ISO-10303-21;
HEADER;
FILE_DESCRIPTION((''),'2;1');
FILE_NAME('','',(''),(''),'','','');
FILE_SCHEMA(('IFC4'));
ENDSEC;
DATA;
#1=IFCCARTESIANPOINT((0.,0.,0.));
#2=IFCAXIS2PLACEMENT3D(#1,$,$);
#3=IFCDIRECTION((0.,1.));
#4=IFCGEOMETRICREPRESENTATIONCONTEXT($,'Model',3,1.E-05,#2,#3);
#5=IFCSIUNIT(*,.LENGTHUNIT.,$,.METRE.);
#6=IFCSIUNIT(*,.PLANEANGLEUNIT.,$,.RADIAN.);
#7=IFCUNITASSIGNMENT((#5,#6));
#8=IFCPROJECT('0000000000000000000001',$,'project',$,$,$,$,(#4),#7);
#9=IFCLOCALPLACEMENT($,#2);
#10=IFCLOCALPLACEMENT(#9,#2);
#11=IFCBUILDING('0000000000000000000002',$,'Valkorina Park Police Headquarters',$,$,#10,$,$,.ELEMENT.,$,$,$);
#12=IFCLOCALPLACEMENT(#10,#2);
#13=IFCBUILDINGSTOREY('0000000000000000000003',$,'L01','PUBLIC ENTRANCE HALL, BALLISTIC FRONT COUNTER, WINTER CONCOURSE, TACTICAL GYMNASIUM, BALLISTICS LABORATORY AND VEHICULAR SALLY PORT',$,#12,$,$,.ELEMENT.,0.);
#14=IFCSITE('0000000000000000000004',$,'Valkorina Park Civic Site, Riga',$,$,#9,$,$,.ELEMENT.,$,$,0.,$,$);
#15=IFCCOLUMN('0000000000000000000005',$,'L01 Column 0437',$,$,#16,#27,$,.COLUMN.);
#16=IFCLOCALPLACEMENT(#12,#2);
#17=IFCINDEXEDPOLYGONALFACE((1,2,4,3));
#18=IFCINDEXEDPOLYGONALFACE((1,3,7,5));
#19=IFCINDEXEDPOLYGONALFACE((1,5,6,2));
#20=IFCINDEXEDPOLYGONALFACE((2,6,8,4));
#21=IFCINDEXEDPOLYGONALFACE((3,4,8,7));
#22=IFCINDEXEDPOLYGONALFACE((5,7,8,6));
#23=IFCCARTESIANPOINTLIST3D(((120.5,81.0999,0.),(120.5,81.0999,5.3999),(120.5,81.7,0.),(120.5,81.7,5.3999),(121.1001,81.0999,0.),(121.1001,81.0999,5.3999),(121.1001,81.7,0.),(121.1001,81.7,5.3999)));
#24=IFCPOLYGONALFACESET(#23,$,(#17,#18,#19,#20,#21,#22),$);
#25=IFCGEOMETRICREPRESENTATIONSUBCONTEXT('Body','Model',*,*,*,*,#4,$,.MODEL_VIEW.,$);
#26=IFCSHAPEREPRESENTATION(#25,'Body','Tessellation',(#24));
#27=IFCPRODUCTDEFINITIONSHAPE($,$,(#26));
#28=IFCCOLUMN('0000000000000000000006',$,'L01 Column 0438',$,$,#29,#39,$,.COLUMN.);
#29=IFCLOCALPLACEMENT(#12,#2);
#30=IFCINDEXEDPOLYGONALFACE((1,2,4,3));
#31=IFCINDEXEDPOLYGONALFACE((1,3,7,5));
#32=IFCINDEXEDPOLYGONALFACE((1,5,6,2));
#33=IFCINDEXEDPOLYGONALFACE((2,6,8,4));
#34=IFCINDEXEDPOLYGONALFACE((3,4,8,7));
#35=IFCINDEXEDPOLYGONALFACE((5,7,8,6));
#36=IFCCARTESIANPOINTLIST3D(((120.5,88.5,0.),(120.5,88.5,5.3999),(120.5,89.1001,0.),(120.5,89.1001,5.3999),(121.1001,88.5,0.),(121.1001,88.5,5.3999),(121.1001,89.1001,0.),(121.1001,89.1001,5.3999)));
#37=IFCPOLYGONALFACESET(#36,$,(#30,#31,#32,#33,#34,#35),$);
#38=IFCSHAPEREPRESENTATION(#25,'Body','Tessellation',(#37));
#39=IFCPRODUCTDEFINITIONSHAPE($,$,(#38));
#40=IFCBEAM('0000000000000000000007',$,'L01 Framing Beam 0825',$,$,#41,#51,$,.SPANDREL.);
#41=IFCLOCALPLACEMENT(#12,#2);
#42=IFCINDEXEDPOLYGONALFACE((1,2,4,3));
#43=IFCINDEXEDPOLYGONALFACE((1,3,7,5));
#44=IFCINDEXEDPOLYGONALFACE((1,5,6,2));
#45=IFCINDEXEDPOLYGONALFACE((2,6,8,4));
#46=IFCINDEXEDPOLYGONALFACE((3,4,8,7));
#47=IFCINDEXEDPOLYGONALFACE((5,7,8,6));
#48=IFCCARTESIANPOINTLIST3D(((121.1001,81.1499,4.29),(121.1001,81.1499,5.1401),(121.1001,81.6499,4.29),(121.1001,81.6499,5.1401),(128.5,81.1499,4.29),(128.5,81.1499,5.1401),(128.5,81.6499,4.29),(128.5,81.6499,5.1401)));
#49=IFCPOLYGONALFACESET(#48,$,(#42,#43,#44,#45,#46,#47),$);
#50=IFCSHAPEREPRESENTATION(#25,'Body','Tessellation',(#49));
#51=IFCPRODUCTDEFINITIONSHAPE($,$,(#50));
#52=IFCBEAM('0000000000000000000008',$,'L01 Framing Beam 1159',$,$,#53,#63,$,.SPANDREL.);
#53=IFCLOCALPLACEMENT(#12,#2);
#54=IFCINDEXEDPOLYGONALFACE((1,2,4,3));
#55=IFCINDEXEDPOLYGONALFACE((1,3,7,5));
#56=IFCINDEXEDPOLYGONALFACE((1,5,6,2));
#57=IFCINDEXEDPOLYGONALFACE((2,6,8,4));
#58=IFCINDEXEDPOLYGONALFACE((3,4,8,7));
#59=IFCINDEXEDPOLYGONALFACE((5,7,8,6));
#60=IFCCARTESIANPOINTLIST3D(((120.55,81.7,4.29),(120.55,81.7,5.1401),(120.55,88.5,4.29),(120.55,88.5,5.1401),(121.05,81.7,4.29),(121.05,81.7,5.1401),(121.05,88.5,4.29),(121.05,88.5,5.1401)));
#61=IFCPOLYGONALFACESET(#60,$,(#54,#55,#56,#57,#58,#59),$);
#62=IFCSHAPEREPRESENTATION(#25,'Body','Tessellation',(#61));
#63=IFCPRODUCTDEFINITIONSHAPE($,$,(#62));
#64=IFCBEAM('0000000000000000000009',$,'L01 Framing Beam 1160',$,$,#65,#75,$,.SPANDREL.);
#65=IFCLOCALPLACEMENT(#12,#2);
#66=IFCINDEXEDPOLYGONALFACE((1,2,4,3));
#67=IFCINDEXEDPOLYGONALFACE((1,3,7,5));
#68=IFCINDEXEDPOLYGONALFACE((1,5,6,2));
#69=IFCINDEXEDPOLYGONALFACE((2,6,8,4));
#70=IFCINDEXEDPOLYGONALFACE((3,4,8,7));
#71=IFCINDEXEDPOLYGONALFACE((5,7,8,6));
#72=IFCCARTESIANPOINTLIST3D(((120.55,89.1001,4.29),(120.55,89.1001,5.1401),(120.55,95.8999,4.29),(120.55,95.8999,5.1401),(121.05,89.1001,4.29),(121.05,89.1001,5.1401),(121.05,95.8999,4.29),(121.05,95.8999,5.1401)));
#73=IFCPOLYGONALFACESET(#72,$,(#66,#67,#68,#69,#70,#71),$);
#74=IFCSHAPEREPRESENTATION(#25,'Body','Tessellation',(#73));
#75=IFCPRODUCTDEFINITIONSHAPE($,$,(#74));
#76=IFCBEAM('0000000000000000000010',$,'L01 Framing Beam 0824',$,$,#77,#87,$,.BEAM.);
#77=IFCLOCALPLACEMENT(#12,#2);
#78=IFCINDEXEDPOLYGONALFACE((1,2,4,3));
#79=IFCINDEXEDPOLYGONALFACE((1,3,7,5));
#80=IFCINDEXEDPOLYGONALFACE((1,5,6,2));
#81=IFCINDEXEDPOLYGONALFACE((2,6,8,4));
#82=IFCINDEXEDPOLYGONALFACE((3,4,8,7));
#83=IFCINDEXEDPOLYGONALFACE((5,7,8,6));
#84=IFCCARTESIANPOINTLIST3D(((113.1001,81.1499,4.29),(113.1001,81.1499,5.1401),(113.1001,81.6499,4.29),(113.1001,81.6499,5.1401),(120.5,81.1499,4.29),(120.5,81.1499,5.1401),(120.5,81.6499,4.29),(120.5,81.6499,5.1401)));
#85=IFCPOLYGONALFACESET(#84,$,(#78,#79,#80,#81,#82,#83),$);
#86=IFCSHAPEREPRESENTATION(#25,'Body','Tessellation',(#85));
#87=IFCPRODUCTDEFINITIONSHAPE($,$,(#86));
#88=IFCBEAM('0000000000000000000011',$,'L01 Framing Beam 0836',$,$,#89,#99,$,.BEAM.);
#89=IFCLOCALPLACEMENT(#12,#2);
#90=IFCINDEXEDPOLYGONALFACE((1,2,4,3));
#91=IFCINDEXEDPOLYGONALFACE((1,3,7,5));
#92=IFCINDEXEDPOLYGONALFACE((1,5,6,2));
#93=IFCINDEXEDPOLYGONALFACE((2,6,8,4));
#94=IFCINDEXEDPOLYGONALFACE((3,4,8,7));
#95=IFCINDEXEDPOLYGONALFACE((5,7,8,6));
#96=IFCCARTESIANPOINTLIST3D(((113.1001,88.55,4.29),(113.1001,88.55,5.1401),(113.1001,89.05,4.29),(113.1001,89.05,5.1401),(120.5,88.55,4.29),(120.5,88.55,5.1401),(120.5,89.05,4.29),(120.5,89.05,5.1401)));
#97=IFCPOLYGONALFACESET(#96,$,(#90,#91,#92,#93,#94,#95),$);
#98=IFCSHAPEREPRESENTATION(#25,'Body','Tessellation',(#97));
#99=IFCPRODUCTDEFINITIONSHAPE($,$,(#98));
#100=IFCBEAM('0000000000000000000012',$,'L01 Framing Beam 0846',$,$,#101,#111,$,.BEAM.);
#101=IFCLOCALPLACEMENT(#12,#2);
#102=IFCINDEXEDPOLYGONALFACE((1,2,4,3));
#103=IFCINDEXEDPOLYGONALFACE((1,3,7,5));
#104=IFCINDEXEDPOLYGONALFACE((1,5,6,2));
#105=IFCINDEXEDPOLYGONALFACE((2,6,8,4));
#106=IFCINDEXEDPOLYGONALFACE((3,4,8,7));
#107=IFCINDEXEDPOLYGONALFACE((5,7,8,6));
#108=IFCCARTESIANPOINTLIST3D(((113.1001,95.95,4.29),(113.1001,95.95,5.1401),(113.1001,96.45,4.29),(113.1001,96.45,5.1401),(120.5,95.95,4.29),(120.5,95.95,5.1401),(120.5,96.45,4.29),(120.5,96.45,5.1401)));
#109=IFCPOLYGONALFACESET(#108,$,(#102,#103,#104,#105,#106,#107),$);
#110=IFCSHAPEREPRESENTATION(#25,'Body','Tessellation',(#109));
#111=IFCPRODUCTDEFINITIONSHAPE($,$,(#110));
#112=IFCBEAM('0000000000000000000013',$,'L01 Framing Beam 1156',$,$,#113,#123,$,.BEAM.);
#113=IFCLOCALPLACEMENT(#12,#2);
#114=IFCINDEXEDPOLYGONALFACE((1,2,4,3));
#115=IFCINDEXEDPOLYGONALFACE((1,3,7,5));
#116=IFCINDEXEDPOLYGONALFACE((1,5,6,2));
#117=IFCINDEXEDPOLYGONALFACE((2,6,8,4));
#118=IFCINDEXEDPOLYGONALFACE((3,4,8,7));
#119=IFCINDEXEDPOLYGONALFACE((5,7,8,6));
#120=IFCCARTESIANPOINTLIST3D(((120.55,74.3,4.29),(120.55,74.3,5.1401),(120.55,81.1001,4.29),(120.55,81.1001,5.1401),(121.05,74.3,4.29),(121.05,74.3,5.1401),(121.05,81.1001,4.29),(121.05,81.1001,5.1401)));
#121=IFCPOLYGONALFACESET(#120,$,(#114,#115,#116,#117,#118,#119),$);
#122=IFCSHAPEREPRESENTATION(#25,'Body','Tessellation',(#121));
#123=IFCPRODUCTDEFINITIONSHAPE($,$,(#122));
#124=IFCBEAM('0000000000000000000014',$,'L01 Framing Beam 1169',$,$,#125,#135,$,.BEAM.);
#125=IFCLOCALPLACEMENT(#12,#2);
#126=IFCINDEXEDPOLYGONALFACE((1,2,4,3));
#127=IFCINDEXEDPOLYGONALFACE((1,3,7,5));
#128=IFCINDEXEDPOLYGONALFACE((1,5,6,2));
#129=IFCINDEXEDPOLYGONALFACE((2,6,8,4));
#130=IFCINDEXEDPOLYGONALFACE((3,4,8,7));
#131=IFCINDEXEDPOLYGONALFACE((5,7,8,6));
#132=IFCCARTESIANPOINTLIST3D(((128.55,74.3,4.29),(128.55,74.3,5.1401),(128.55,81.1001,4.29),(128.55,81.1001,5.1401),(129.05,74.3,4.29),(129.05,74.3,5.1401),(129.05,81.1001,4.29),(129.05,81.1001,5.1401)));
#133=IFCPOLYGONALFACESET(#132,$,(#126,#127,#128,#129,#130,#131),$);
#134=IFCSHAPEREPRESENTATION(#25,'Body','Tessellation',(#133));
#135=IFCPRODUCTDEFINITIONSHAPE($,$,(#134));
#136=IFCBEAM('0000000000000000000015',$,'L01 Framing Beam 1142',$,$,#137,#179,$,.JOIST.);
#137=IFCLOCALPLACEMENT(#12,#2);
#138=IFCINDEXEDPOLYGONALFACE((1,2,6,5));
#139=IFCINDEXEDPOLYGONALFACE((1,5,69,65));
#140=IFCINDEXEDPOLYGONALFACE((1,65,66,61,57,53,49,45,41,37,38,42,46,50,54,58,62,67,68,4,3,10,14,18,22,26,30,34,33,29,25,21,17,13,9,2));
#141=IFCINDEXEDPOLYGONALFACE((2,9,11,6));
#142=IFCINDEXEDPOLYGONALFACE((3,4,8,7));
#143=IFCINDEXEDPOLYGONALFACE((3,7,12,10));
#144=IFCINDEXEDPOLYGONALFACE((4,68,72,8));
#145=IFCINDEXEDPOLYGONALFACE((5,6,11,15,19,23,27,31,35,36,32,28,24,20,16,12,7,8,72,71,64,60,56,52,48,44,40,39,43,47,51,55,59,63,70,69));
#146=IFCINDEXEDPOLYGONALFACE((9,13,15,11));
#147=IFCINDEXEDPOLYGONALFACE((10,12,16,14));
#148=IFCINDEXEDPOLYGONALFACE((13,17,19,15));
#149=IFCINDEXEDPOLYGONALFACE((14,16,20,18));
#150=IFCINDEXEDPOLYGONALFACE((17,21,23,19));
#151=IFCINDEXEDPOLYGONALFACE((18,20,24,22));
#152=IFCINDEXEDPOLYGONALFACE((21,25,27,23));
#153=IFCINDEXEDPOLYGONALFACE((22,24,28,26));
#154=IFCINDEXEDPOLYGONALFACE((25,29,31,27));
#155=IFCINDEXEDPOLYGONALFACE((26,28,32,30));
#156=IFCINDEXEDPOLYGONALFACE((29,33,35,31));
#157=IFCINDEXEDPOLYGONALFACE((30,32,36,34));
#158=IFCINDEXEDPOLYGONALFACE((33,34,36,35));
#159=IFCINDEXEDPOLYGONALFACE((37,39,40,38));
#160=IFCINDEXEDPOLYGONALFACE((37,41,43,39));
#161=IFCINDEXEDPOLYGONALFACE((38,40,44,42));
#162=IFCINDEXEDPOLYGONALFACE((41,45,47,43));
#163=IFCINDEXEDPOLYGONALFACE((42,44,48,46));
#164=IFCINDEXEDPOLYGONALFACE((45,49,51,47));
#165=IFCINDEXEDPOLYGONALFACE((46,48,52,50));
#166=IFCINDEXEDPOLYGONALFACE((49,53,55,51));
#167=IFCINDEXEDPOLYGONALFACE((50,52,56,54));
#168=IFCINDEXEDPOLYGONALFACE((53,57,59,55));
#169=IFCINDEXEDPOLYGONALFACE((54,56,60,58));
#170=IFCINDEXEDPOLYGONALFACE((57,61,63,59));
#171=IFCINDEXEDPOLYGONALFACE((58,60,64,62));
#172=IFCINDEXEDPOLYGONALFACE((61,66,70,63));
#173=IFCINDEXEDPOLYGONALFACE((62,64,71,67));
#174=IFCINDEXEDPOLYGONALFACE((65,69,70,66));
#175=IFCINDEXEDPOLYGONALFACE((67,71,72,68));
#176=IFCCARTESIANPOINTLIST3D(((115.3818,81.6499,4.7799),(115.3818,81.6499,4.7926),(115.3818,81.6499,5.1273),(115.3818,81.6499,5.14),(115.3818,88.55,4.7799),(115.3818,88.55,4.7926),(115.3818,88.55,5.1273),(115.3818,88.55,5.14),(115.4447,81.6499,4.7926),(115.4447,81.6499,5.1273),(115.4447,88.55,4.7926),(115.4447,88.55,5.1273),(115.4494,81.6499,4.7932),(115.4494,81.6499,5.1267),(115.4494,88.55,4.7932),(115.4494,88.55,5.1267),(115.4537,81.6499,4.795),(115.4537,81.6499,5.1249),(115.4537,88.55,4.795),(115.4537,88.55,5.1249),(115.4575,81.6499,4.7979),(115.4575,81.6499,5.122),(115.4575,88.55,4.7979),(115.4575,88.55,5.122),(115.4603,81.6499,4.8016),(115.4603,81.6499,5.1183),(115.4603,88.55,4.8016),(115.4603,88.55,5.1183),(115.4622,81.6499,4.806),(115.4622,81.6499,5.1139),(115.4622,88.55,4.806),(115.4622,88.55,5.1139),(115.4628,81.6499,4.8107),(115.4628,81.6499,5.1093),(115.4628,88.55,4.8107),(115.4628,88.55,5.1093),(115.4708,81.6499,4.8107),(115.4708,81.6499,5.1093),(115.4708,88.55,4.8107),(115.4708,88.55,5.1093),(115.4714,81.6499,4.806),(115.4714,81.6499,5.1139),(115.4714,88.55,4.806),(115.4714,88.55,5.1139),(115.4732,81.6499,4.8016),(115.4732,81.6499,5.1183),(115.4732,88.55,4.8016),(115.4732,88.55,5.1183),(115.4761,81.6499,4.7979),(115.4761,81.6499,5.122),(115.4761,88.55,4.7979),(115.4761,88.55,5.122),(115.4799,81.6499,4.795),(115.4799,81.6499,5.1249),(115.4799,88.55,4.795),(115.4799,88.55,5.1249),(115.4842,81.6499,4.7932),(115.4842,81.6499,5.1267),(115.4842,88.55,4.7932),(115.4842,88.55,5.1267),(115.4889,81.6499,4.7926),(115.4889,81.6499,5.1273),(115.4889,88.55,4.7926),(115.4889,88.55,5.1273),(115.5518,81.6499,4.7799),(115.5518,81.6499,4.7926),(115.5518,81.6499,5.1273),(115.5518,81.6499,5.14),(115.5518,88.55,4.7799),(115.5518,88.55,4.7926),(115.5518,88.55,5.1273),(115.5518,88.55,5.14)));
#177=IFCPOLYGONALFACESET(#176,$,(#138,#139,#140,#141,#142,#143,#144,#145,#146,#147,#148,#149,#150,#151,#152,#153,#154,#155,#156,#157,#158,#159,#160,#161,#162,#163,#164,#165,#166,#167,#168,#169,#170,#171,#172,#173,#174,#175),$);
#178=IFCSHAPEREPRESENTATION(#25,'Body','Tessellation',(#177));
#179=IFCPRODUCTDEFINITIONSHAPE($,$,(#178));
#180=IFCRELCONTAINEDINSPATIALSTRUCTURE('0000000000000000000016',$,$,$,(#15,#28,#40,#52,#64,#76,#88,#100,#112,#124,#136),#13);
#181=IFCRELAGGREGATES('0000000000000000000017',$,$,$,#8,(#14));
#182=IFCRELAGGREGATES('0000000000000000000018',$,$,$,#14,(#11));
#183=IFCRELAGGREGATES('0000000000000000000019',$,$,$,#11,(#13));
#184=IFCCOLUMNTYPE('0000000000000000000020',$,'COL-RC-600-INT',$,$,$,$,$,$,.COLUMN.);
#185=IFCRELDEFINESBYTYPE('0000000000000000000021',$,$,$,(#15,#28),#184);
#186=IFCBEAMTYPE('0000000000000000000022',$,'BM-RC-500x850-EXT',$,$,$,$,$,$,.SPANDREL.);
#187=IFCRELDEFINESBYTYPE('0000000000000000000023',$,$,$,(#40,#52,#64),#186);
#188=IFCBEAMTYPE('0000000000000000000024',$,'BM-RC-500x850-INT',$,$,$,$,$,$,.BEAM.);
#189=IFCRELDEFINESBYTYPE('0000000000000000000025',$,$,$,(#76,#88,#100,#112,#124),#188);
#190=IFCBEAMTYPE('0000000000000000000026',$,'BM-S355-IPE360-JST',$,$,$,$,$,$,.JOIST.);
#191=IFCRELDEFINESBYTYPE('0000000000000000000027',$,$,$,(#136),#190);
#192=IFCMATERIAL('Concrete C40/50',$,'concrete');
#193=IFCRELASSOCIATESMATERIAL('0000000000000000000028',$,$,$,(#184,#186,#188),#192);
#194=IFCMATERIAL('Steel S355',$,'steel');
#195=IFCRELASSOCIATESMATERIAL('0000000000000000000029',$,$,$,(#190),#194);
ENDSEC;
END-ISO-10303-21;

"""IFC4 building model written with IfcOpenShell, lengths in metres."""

from ifc_helpers import new_model, si_unit, direction, frame, origin, origin_2d, place, context, subcontext, project, spatial, rectangle, i_section, extrude, material, material_profile, profile_set, type_object, element, save


model = new_model("IFC4")

# Units and contexts
model_context = context("Model", 3, precision=1e-05, world=origin(), true_north=direction((0.0, 1.0)))
body_context = subcontext(model_context, "Body", "Model", "MODEL_VIEW")
ifc_project = project(units=[si_unit("LENGTHUNIT", "METRE"), si_unit("PLANEANGLEUNIT", "RADIAN")], contexts=[model_context])

# Site, building, storey
site_placement = place(None, origin())
site = spatial("IfcSite", under=ifc_project, at=site_placement, Name="Valkorina Park Civic Site, Riga", CompositionType="ELEMENT", RefElevation=0.0)
building_placement = place(site_placement, origin())
building = spatial("IfcBuilding", under=site, at=building_placement, Name="Valkorina Park Police Headquarters", CompositionType="ELEMENT")
storey_placement = place(building_placement, origin())
storey = spatial("IfcBuildingStorey", under=building, at=storey_placement, Name="L01", Description="PUBLIC ENTRANCE HALL, BALLISTIC FRONT COUNTER, WINTER CONCOURSE, TACTICAL GYMNASIUM, BALLISTICS LABORATORY AND VEHICULAR SALLY PORT", CompositionType="ELEMENT", Elevation=0.0)

# Columns
ifc_material_1 = material(Name="Concrete C40/50", Category="concrete")
ifc_material_profile_1 = material_profile(ifc_material_1, rectangle(XDim=0.6001, YDim=0.6001, at=origin_2d()), Name="RC COL 600x600")
ifc_profile_set_1 = profile_set([ifc_material_profile_1], Name="Concrete C40/50")
column_type = type_object("IfcColumnType", Name="COL-RC-600-INT", PredefinedType="COLUMN", material=ifc_profile_set_1)
for number, where, z_axis, x_axis, name in (
    (1, (120.8, 81.3999, 0.0), (0.0, 0.0, 1.0), (1.0, 0.0, 0.0), "L01 Column 0437"),
    (2, (120.8, 88.8, 0.0), (0.0, 0.0, 1.0), (1.0, 0.0, 0.0), "L01 Column 0438"),
):
    element("IfcColumn", number, at=place(storey_placement, frame(where, z_axis=z_axis, x_axis=x_axis)), inside=storey, type_object=column_type, Name=name, PredefinedType="COLUMN", context=body_context, shape_type="SweptSolid", body=[
        extrude(rectangle(XDim=0.6001, YDim=0.6001, at=origin_2d()), origin(), (0.0, 0.0, 1.0), 5.3999),
    ])

# Beams
ifc_material_profile_2 = material_profile(ifc_material_1, rectangle(XDim=0.5, YDim=0.8501, at=origin_2d()), Name="RC BEAM 500x850")
ifc_profile_set_2 = profile_set([ifc_material_profile_2], Name="Concrete C40/50")
beam_type_1 = type_object("IfcBeamType", Name="BM-RC-500x850-EXT", PredefinedType="SPANDREL", material=ifc_profile_set_2)
beam_1_placement = place(storey_placement, frame((121.1001, 81.3999, 4.7151), z_axis=(1.0, 0.0, 0.0), x_axis=(0.0, 1.0, 0.0)))
element("IfcBeam", 3, at=beam_1_placement, inside=storey, type_object=beam_type_1, Name="L01 Framing Beam 0825", PredefinedType="SPANDREL", context=body_context, shape_type="SweptSolid", body=[
    extrude(rectangle(XDim=0.5, YDim=0.8501, at=origin_2d()), origin(), (0.0, 0.0, 1.0), 7.3999),
])
beam_2_placement = place(storey_placement, frame((120.8, 81.7, 4.7151), z_axis=(0.0, 1.0, 0.0), x_axis=(-1.0, 0.0, 0.0)))
element("IfcBeam", 4, at=beam_2_placement, inside=storey, type_object=beam_type_1, Name="L01 Framing Beam 1159", PredefinedType="SPANDREL", context=body_context, shape_type="SweptSolid", body=[
    extrude(rectangle(XDim=0.5, YDim=0.8501, at=origin_2d()), origin(), (0.0, 0.0, 1.0), 6.8),
])
beam_3_placement = place(storey_placement, frame((120.8, 89.1001, 4.7151), z_axis=(0.0, 1.0, 0.0), x_axis=(-1.0, 0.0, 0.0)))
element("IfcBeam", 5, at=beam_3_placement, inside=storey, type_object=beam_type_1, Name="L01 Framing Beam 1160", PredefinedType="SPANDREL", context=body_context, shape_type="SweptSolid", body=[
    extrude(rectangle(XDim=0.5, YDim=0.8501, at=origin_2d()), origin(), (0.0, 0.0, 1.0), 6.7998),
])
ifc_material_profile_3 = material_profile(ifc_material_1, rectangle(XDim=0.5, YDim=0.8501, at=origin_2d()), Name="RC BEAM 500x850")
ifc_profile_set_3 = profile_set([ifc_material_profile_3], Name="Concrete C40/50")
beam_type_2 = type_object("IfcBeamType", Name="BM-RC-500x850-INT", PredefinedType="BEAM", material=ifc_profile_set_3)
for number, where, z_axis, x_axis, name in (
    (6, (113.1001, 81.3999, 4.7151), (1.0, 0.0, 0.0), (0.0, 1.0, 0.0), "L01 Framing Beam 0824"),
    (7, (113.1001, 88.8, 4.7151), (1.0, 0.0, 0.0), (0.0, 1.0, 0.0), "L01 Framing Beam 0836"),
    (8, (113.1001, 96.2, 4.7151), (1.0, 0.0, 0.0), (0.0, 1.0, 0.0), "L01 Framing Beam 0846"),
):
    element("IfcBeam", number, at=place(storey_placement, frame(where, z_axis=z_axis, x_axis=x_axis)), inside=storey, type_object=beam_type_2, Name=name, PredefinedType="BEAM", context=body_context, shape_type="SweptSolid", body=[
        extrude(rectangle(XDim=0.5, YDim=0.8501, at=origin_2d()), origin(), (0.0, 0.0, 1.0), 7.3999),
    ])
for number, where, z_axis, x_axis, name in (
    (9, (120.8, 74.3, 4.7151), (0.0, 1.0, 0.0), (-1.0, 0.0, 0.0), "L01 Framing Beam 1156"),
    (10, (128.8, 74.3, 4.7151), (0.0, 1.0, 0.0), (-1.0, 0.0, 0.0), "L01 Framing Beam 1169"),
):
    element("IfcBeam", number, at=place(storey_placement, frame(where, z_axis=z_axis, x_axis=x_axis)), inside=storey, type_object=beam_type_2, Name=name, PredefinedType="BEAM", context=body_context, shape_type="SweptSolid", body=[
        extrude(rectangle(XDim=0.5, YDim=0.8501, at=origin_2d()), origin(), (0.0, 0.0, 1.0), 6.8),
    ])
ifc_material_2 = material(Name="Steel S355", Category="steel")
ifc_material_profile_4 = material_profile(ifc_material_2, i_section(OverallWidth=0.1699, OverallDepth=0.3601, WebThickness=0.0081, FlangeThickness=0.0127, FilletRadius=0.0181, at=origin_2d()), Name="IPE 360")
ifc_profile_set_4 = profile_set([ifc_material_profile_4], Name="Steel S355")
beam_type_3 = type_object("IfcBeamType", Name="BM-S355-IPE360-JST", PredefinedType="JOIST", material=ifc_profile_set_4)
for number, where, z_axis, x_axis, name in (
    (11, (115.4668, 81.6499, 4.96), (0.0, 1.0, 0.0), (-1.0, 0.0, 0.0), "L01 Framing Beam 1142"),
):
    element("IfcBeam", number, at=place(storey_placement, frame(where, z_axis=z_axis, x_axis=x_axis)), inside=storey, type_object=beam_type_3, Name=name, PredefinedType="JOIST", context=body_context, shape_type="SweptSolid", body=[
        extrude(i_section(OverallWidth=0.1699, OverallDepth=0.3601, WebThickness=0.0081, FlangeThickness=0.0127, FilletRadius=0.0181, at=origin_2d()), origin(), (0.0, 0.0, 1.0), 6.9001),
    ])

save(model, "model.ifc")
